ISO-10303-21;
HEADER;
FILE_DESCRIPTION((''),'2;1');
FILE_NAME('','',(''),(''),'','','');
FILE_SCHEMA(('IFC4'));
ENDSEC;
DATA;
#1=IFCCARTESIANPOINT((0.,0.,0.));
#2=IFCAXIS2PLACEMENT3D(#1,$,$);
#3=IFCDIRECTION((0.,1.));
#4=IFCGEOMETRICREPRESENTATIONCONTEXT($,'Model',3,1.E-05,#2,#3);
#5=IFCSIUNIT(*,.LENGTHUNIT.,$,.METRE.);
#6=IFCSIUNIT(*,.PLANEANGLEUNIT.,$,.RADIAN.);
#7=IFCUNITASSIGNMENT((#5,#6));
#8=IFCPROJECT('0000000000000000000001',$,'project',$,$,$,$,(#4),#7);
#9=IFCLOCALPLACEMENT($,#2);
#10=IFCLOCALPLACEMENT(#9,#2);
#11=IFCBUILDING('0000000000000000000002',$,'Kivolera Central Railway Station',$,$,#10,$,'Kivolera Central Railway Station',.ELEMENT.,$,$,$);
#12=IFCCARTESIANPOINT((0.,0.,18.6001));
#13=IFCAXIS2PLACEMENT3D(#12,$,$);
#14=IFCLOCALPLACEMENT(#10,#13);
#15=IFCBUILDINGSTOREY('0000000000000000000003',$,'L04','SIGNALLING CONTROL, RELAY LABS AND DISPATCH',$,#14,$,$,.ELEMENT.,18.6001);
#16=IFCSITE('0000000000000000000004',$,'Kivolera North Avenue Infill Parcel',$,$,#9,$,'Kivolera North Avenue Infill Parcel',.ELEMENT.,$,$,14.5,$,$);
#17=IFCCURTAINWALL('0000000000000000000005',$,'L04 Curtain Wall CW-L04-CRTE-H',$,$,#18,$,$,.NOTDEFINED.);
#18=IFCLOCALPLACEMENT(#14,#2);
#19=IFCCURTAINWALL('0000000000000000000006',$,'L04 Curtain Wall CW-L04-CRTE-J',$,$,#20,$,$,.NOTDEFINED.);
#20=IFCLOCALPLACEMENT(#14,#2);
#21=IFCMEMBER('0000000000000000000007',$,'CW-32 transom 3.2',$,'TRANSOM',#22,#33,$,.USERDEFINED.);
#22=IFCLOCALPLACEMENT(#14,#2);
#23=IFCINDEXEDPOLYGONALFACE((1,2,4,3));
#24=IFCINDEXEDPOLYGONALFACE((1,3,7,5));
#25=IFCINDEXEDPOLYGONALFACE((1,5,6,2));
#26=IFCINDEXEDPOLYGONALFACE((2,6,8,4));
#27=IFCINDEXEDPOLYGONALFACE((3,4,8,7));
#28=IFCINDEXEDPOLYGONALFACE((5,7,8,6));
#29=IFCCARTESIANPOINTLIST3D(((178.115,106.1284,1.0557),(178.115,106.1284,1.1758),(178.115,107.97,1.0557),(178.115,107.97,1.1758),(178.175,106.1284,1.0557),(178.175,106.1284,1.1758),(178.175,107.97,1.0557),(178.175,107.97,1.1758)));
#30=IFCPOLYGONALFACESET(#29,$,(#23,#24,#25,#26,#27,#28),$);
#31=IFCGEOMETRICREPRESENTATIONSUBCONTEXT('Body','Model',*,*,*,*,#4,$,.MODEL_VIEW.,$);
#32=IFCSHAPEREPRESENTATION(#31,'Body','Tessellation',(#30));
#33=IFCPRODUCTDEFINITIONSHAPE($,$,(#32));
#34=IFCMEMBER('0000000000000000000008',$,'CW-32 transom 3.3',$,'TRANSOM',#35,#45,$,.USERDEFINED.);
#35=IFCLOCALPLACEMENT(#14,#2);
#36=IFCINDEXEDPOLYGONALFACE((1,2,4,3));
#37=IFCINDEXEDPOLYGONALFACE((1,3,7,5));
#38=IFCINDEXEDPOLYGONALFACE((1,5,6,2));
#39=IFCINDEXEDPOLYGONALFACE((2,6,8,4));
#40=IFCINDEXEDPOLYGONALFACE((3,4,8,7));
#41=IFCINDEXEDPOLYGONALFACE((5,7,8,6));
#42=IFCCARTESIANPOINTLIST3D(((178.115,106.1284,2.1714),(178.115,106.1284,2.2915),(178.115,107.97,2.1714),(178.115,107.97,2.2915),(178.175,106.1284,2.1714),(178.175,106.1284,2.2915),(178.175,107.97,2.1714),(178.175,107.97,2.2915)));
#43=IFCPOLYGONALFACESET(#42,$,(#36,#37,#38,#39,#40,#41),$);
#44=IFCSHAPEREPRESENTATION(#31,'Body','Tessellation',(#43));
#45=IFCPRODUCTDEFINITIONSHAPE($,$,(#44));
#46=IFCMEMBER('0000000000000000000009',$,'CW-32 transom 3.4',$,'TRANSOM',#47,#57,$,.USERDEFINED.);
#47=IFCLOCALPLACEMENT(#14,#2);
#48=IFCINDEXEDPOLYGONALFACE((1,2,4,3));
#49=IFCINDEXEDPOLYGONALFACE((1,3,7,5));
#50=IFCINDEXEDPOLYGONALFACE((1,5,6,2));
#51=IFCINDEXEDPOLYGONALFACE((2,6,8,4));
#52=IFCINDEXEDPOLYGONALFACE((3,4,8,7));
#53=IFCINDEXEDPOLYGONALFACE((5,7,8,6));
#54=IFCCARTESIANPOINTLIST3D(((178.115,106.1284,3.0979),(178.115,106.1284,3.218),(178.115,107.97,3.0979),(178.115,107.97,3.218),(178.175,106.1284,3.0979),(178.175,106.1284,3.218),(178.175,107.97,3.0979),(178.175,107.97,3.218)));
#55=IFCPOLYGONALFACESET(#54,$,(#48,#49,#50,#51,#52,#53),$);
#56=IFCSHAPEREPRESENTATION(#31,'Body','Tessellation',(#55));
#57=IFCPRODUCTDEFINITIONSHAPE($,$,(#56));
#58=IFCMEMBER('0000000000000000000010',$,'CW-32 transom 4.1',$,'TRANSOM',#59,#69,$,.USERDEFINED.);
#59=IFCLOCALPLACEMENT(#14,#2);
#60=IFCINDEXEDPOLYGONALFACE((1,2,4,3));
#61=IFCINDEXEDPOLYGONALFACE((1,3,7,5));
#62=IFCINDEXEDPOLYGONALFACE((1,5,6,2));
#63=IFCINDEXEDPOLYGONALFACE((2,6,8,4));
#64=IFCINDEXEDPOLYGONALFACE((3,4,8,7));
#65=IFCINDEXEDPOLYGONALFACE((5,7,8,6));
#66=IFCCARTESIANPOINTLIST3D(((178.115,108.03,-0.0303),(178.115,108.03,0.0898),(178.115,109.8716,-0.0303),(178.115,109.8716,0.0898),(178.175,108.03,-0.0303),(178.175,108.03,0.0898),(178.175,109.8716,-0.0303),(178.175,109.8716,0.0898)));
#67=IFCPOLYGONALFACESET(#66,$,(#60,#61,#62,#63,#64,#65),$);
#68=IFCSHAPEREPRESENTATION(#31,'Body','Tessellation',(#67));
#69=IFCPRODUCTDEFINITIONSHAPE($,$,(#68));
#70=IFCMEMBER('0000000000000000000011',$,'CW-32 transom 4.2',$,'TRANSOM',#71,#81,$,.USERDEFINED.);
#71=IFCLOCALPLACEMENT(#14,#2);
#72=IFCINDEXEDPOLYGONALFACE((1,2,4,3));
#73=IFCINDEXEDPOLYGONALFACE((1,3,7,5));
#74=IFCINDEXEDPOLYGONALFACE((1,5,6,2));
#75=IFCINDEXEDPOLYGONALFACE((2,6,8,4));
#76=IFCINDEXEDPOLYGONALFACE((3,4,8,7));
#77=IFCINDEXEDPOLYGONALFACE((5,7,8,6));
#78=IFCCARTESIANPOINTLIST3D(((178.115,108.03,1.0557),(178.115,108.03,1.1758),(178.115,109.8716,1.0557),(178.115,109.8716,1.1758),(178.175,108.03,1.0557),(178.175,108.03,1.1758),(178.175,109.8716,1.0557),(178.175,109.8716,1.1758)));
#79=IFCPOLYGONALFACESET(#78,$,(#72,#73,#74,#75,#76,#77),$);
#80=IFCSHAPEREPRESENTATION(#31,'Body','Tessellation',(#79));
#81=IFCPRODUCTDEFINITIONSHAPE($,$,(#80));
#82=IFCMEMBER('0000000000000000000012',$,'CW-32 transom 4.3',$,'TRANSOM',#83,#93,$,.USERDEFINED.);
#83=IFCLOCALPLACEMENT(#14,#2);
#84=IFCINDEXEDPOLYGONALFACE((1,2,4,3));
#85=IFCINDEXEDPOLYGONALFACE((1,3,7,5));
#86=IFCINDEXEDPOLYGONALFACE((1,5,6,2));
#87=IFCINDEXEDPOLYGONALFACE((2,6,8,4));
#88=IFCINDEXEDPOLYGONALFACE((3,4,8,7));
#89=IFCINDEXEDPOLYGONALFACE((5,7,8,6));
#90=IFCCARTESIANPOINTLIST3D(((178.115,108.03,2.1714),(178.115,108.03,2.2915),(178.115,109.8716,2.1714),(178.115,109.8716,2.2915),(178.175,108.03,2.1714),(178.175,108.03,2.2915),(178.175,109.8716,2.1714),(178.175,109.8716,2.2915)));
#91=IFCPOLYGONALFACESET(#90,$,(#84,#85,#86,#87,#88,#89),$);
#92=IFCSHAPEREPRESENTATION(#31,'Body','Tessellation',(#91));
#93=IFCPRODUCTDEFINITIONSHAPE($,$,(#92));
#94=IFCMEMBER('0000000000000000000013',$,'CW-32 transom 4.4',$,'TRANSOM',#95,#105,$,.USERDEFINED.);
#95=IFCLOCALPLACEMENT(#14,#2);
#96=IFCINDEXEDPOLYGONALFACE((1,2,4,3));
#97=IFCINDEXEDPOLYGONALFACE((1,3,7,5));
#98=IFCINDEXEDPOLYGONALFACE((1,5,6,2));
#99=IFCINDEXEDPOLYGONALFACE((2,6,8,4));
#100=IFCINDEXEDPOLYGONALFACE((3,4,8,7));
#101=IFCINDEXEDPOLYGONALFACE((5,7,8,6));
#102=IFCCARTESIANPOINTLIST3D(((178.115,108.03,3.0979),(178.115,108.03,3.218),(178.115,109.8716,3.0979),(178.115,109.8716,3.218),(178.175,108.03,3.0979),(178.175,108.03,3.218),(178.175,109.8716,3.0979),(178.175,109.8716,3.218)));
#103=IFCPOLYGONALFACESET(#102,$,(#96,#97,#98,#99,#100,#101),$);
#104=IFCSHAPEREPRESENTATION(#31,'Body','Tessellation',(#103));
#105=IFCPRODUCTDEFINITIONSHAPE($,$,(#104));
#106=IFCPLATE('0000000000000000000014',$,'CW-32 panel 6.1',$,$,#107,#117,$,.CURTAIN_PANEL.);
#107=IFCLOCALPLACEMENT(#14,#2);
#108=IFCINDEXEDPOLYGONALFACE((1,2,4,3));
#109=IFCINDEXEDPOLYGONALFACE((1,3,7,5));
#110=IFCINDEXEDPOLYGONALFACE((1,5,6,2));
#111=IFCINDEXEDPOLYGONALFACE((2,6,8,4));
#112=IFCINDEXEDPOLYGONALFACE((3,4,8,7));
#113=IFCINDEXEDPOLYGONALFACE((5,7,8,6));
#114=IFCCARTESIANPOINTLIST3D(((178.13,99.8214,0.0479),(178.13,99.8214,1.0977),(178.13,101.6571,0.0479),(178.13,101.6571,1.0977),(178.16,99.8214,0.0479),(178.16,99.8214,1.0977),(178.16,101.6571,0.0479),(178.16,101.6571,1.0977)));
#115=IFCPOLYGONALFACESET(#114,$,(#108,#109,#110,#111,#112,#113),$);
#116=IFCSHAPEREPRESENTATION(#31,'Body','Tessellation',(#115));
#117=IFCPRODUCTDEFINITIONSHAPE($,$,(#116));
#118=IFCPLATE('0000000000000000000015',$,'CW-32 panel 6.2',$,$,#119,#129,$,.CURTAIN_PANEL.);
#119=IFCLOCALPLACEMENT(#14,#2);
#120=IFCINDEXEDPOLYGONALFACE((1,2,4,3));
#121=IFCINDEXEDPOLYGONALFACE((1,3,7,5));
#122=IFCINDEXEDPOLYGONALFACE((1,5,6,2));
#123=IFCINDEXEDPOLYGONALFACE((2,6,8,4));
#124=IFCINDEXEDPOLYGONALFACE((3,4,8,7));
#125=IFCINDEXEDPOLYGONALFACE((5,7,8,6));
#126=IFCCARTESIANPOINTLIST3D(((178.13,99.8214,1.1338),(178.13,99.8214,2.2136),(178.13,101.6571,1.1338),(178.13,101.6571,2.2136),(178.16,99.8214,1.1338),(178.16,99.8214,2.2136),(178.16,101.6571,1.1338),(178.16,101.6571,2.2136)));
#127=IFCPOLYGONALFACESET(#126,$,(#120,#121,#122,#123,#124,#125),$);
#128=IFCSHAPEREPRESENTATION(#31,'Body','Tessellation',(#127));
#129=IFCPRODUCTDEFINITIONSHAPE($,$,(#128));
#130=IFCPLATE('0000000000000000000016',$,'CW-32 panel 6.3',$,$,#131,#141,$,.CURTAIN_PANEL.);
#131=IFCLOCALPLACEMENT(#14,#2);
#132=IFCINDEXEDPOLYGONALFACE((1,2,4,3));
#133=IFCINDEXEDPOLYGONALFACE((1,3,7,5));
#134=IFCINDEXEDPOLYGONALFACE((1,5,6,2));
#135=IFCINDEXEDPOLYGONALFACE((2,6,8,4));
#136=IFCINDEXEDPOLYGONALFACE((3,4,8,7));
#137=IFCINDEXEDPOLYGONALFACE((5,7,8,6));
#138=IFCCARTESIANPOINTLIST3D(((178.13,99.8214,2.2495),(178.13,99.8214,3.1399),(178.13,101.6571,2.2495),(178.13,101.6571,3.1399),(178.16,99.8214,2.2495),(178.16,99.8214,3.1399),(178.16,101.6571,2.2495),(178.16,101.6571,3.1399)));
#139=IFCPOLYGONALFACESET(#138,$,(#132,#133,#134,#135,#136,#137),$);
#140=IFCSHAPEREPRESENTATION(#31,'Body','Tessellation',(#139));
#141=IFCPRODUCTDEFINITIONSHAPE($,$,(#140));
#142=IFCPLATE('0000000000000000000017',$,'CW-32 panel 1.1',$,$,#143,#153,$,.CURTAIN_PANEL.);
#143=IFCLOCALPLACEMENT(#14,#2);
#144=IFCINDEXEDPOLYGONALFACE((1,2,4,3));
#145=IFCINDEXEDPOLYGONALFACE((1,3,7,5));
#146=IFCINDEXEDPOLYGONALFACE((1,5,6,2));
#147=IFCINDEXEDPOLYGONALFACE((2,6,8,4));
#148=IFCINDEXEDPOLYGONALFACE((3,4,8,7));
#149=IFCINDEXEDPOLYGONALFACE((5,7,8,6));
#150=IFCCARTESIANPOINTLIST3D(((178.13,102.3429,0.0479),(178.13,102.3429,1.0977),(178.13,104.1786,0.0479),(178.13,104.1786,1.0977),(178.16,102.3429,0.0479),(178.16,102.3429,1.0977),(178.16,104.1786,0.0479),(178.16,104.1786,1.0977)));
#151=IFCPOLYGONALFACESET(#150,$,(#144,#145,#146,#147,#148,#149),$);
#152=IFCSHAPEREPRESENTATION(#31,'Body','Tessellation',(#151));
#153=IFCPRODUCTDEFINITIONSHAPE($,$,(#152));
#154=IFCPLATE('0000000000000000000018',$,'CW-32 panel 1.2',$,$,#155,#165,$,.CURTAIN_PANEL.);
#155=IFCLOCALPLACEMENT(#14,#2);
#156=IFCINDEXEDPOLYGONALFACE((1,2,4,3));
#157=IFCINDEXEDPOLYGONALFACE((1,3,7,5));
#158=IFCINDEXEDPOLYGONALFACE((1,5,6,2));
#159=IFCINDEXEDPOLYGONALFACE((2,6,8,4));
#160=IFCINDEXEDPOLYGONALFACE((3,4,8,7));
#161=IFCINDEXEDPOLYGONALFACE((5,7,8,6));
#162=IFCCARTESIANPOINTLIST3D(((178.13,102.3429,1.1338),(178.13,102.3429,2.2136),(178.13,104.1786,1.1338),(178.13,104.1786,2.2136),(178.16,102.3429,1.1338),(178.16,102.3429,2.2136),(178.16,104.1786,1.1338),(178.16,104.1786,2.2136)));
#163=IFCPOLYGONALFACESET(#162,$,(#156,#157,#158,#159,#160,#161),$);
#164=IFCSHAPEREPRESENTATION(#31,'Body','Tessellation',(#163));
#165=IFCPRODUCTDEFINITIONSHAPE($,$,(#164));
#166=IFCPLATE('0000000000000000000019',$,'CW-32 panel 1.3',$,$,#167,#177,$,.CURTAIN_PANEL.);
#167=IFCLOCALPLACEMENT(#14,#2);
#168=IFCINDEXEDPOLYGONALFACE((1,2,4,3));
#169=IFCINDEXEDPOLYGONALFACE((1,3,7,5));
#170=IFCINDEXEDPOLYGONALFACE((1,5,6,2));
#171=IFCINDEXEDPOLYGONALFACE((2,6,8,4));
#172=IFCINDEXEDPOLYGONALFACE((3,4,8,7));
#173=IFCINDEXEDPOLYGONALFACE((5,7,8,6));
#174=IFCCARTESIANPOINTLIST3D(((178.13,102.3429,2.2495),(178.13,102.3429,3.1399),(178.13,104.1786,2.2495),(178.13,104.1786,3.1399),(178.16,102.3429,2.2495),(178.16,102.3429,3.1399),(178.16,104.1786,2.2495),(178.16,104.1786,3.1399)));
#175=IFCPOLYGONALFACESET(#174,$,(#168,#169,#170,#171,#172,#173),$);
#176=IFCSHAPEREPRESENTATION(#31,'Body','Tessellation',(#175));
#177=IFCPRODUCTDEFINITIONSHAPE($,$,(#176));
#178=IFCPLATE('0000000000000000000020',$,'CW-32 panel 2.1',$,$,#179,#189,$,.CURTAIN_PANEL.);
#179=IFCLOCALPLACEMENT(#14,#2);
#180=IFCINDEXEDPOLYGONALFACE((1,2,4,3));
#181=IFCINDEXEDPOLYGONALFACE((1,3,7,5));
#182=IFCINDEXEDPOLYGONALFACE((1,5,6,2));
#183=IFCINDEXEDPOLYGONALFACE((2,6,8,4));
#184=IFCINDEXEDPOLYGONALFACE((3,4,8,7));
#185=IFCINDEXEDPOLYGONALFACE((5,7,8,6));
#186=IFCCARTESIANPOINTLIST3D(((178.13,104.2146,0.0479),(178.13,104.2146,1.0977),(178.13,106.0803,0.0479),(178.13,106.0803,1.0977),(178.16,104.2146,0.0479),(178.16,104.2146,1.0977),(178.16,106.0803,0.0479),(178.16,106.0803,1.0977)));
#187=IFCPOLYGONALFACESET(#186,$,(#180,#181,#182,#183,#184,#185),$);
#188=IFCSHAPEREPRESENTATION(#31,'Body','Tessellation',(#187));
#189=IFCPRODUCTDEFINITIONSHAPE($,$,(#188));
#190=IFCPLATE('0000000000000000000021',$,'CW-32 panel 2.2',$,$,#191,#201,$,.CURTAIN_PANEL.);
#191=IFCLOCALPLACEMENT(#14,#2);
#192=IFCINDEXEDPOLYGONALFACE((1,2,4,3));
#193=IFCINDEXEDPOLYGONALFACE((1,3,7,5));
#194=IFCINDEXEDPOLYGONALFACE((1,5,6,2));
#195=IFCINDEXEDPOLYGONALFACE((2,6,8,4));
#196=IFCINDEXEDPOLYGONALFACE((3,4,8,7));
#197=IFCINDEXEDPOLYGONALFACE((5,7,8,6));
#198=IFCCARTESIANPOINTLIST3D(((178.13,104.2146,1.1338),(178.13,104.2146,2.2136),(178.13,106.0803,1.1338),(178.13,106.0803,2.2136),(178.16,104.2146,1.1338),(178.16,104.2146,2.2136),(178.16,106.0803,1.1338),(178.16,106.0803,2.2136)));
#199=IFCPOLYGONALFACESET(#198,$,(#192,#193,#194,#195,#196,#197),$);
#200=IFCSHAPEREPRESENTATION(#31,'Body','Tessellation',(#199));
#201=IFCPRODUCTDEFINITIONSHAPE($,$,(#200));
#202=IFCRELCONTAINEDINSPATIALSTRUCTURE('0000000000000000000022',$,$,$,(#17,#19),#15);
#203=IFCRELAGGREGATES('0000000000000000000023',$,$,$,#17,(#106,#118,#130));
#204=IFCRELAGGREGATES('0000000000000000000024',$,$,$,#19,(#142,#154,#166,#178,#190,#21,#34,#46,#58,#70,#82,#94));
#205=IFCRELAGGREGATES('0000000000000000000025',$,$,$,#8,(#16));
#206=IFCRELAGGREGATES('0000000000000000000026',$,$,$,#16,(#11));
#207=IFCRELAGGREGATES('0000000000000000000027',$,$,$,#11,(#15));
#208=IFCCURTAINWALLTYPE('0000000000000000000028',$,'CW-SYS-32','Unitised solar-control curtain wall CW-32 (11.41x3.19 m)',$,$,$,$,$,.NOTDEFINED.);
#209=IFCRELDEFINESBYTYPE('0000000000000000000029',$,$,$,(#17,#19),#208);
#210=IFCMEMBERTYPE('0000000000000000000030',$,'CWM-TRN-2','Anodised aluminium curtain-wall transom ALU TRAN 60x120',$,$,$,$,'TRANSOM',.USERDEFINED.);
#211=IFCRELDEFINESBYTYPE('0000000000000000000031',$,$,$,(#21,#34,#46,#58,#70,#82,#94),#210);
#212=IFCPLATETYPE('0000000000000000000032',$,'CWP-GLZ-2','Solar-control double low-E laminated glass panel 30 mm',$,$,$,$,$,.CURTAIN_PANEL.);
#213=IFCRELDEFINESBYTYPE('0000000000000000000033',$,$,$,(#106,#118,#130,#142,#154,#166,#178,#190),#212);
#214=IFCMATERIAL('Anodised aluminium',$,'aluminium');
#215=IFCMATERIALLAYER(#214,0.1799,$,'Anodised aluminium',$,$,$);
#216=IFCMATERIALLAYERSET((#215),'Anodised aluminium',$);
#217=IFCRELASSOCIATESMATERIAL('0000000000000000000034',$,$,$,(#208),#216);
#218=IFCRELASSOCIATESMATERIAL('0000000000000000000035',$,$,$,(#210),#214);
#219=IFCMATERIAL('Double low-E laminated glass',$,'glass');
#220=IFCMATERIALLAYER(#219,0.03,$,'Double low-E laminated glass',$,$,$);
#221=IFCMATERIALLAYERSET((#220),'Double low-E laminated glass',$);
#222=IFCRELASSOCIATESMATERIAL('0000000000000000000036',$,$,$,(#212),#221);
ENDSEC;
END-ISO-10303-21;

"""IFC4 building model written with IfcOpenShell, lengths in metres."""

from ifc_helpers import new_model, si_unit, direction, frame, origin, origin_2d, place, context, subcontext, project, spatial, rectangle, extrude, material, layer, layer_set, material_profile, profile_set, type_object, element, aggregate, save


model = new_model("IFC4")

# Units and contexts
model_context = context("Model", 3, precision=1e-05, world=origin(), true_north=direction((0.0, 1.0)))
body_context = subcontext(model_context, "Body", "Model", "MODEL_VIEW")
ifc_project = project(units=[si_unit("LENGTHUNIT", "METRE"), si_unit("PLANEANGLEUNIT", "RADIAN")], contexts=[model_context])

# Site, building, storey
site_placement = place(None, origin())
site = spatial("IfcSite", under=ifc_project, at=site_placement, Name="Kivolera North Avenue Infill Parcel", LongName="Kivolera North Avenue Infill Parcel", CompositionType="ELEMENT", RefElevation=14.5)
building_placement = place(site_placement, origin())
building = spatial("IfcBuilding", under=site, at=building_placement, Name="Kivolera Central Railway Station", LongName="Kivolera Central Railway Station", CompositionType="ELEMENT")
storey_placement = place(building_placement, frame((0.0, 0.0, 18.6001)))
storey = spatial("IfcBuildingStorey", under=building, at=storey_placement, Name="L04", Description="SIGNALLING CONTROL, RELAY LABS AND DISPATCH", CompositionType="ELEMENT", Elevation=18.6001)

# Curtain wall
ifc_material_1 = material(Name="Anodised aluminium", Category="aluminium")
ifc_layer_1 = layer(ifc_material_1, 0.1799, Name="Anodised aluminium")
ifc_layer_set_1 = layer_set([ifc_layer_1], Name="Anodised aluminium")
curtain_wall_type = type_object("IfcCurtainWallType", Name="CW-SYS-32", Description="Unitised solar-control curtain wall CW-32 (11.41x3.19 m)", PredefinedType="NOTDEFINED", material=ifc_layer_set_1)
curtain_wall_1_placement = place(storey_placement, origin())
curtain_wall_1 = element("IfcCurtainWall", 1, at=curtain_wall_1_placement, inside=storey, type_object=curtain_wall_type, Name="L04 Curtain Wall CW-L04-CRTE-H", PredefinedType="NOTDEFINED")

# Curtain wall
curtain_wall_2_placement = place(storey_placement, origin())
curtain_wall_2 = element("IfcCurtainWall", 2, at=curtain_wall_2_placement, inside=storey, type_object=curtain_wall_type, Name="L04 Curtain Wall CW-L04-CRTE-J", PredefinedType="NOTDEFINED")

# Members
ifc_material_profile_1 = material_profile(ifc_material_1, rectangle(XDim=0.0601, YDim=0.1201, at=origin_2d()), Name="ALU TRAN 60x120")
ifc_profile_set_1 = profile_set([ifc_material_profile_1], Name="Anodised aluminium")
member_type_1 = type_object("IfcMemberType", Name="CWM-TRN-2", Description="Anodised aluminium curtain-wall transom ALU TRAN 60x120", ElementType="TRANSOM", PredefinedType="USERDEFINED", material=ifc_profile_set_1)
member_1_placement = place(storey_placement, frame((178.145, 106.1284, 1.1157), z_axis=(0.0, 1.0, 0.0), x_axis=(-1.0, 0.0, 0.0)))
member_1 = element("IfcMember", 3, at=member_1_placement, type_object=member_type_1, Name="CW-32 transom 3.2", ObjectType="TRANSOM", PredefinedType="USERDEFINED", context=body_context, shape_type="SweptSolid", body=[
    extrude(rectangle(XDim=0.0601, YDim=0.1201, at=origin_2d()), origin(), (0.0, 0.0, 1.0), 1.8416),
])
member_2_placement = place(storey_placement, frame((178.145, 106.1284, 2.2314), z_axis=(0.0, 1.0, 0.0), x_axis=(-1.0, 0.0, 0.0)))
member_2 = element("IfcMember", 4, at=member_2_placement, type_object=member_type_1, Name="CW-32 transom 3.3", ObjectType="TRANSOM", PredefinedType="USERDEFINED", context=body_context, shape_type="SweptSolid", body=[
    extrude(rectangle(XDim=0.0601, YDim=0.1201, at=origin_2d()), origin(), (0.0, 0.0, 1.0), 1.8416),
])
member_3_placement = place(storey_placement, frame((178.145, 106.1284, 3.158), z_axis=(0.0, 1.0, 0.0), x_axis=(-1.0, 0.0, 0.0)))
member_3 = element("IfcMember", 5, at=member_3_placement, type_object=member_type_1, Name="CW-32 transom 3.4", ObjectType="TRANSOM", PredefinedType="USERDEFINED", context=body_context, shape_type="SweptSolid", body=[
    extrude(rectangle(XDim=0.0601, YDim=0.1201, at=origin_2d()), origin(), (0.0, 0.0, 1.0), 1.8416),
])
member_4_placement = place(storey_placement, frame((178.145, 108.03, 0.0298), z_axis=(0.0, 1.0, 0.0), x_axis=(-1.0, 0.0, 0.0)))
member_4 = element("IfcMember", 6, at=member_4_placement, type_object=member_type_1, Name="CW-32 transom 4.1", ObjectType="TRANSOM", PredefinedType="USERDEFINED", context=body_context, shape_type="SweptSolid", body=[
    extrude(rectangle(XDim=0.0601, YDim=0.1201, at=origin_2d()), origin(), (0.0, 0.0, 1.0), 1.8416),
])
member_5_placement = place(storey_placement, frame((178.145, 108.03, 1.1157), z_axis=(0.0, 1.0, 0.0), x_axis=(-1.0, 0.0, 0.0)))
member_5 = element("IfcMember", 7, at=member_5_placement, type_object=member_type_1, Name="CW-32 transom 4.2", ObjectType="TRANSOM", PredefinedType="USERDEFINED", context=body_context, shape_type="SweptSolid", body=[
    extrude(rectangle(XDim=0.0601, YDim=0.1201, at=origin_2d()), origin(), (0.0, 0.0, 1.0), 1.8416),
])
member_6_placement = place(storey_placement, frame((178.145, 108.03, 2.2314), z_axis=(0.0, 1.0, 0.0), x_axis=(-1.0, 0.0, 0.0)))
member_6 = element("IfcMember", 8, at=member_6_placement, type_object=member_type_1, Name="CW-32 transom 4.3", ObjectType="TRANSOM", PredefinedType="USERDEFINED", context=body_context, shape_type="SweptSolid", body=[
    extrude(rectangle(XDim=0.0601, YDim=0.1201, at=origin_2d()), origin(), (0.0, 0.0, 1.0), 1.8416),
])
member_7_placement = place(storey_placement, frame((178.145, 108.03, 3.158), z_axis=(0.0, 1.0, 0.0), x_axis=(-1.0, 0.0, 0.0)))
member_7 = element("IfcMember", 9, at=member_7_placement, type_object=member_type_1, Name="CW-32 transom 4.4", ObjectType="TRANSOM", PredefinedType="USERDEFINED", context=body_context, shape_type="SweptSolid", body=[
    extrude(rectangle(XDim=0.0601, YDim=0.1201, at=origin_2d()), origin(), (0.0, 0.0, 1.0), 1.8416),
])

# Plates
ifc_material_2 = material(Name="Double low-E laminated glass", Category="glass")
ifc_layer_2 = layer(ifc_material_2, 0.03, Name="Double low-E laminated glass")
ifc_layer_set_2 = layer_set([ifc_layer_2], Name="Double low-E laminated glass")
plate_type = type_object("IfcPlateType", Name="CWP-GLZ-2", Description="Solar-control double low-E laminated glass panel 30 mm", PredefinedType="CURTAIN_PANEL", material=ifc_layer_set_2)
plate_1_placement = place(storey_placement, frame((178.145, 100.7393, 0.0479), z_axis=(0.0, 0.0, 1.0), x_axis=(0.0, 1.0, 0.0)))
plate_1 = element("IfcPlate", 10, at=plate_1_placement, type_object=plate_type, Name="CW-32 panel 6.1", PredefinedType="CURTAIN_PANEL", context=body_context, shape_type="SweptSolid", body=[
    extrude(rectangle(XDim=1.8357, YDim=0.03, at=origin_2d()), origin(), (0.0, 0.0, 1.0), 1.0498),
])
plate_2_placement = place(storey_placement, frame((178.145, 100.7393, 1.1338), z_axis=(0.0, 0.0, 1.0), x_axis=(0.0, 1.0, 0.0)))
plate_2 = element("IfcPlate", 11, at=plate_2_placement, type_object=plate_type, Name="CW-32 panel 6.2", PredefinedType="CURTAIN_PANEL", context=body_context, shape_type="SweptSolid", body=[
    extrude(rectangle(XDim=1.8357, YDim=0.03, at=origin_2d()), origin(), (0.0, 0.0, 1.0), 1.0798),
])
plate_3_placement = place(storey_placement, frame((178.145, 100.7393, 2.2495), z_axis=(0.0, 0.0, 1.0), x_axis=(0.0, 1.0, 0.0)))
plate_3 = element("IfcPlate", 12, at=plate_3_placement, type_object=plate_type, Name="CW-32 panel 6.3", PredefinedType="CURTAIN_PANEL", context=body_context, shape_type="SweptSolid", body=[
    extrude(rectangle(XDim=1.8357, YDim=0.03, at=origin_2d()), origin(), (0.0, 0.0, 1.0), 0.8904),
])
aggregate(curtain_wall_1, [plate_1, plate_2, plate_3])
plate_4_placement = place(storey_placement, frame((178.145, 103.2607, 0.0479), z_axis=(0.0, 0.0, 1.0), x_axis=(0.0, 1.0, 0.0)))
plate_4 = element("IfcPlate", 13, at=plate_4_placement, type_object=plate_type, Name="CW-32 panel 1.1", PredefinedType="CURTAIN_PANEL", context=body_context, shape_type="SweptSolid", body=[
    extrude(rectangle(XDim=1.8357, YDim=0.03, at=origin_2d()), origin(), (0.0, 0.0, 1.0), 1.0498),
])
plate_5_placement = place(storey_placement, frame((178.145, 103.2607, 1.1338), z_axis=(0.0, 0.0, 1.0), x_axis=(0.0, 1.0, 0.0)))
plate_5 = element("IfcPlate", 14, at=plate_5_placement, type_object=plate_type, Name="CW-32 panel 1.2", PredefinedType="CURTAIN_PANEL", context=body_context, shape_type="SweptSolid", body=[
    extrude(rectangle(XDim=1.8357, YDim=0.03, at=origin_2d()), origin(), (0.0, 0.0, 1.0), 1.0798),
])
plate_6_placement = place(storey_placement, frame((178.145, 103.2607, 2.2495), z_axis=(0.0, 0.0, 1.0), x_axis=(0.0, 1.0, 0.0)))
plate_6 = element("IfcPlate", 15, at=plate_6_placement, type_object=plate_type, Name="CW-32 panel 1.3", PredefinedType="CURTAIN_PANEL", context=body_context, shape_type="SweptSolid", body=[
    extrude(rectangle(XDim=1.8357, YDim=0.03, at=origin_2d()), origin(), (0.0, 0.0, 1.0), 0.8904),
])
plate_7_placement = place(storey_placement, frame((178.145, 105.1475, 0.0479), z_axis=(0.0, 0.0, 1.0), x_axis=(0.0, 1.0, 0.0)))
plate_7 = element("IfcPlate", 16, at=plate_7_placement, type_object=plate_type, Name="CW-32 panel 2.1", PredefinedType="CURTAIN_PANEL", context=body_context, shape_type="SweptSolid", body=[
    extrude(rectangle(XDim=1.8657, YDim=0.03, at=origin_2d()), origin(), (0.0, 0.0, 1.0), 1.0498),
])
plate_8_placement = place(storey_placement, frame((178.145, 105.1475, 1.1338), z_axis=(0.0, 0.0, 1.0), x_axis=(0.0, 1.0, 0.0)))
plate_8 = element("IfcPlate", 17, at=plate_8_placement, type_object=plate_type, Name="CW-32 panel 2.2", PredefinedType="CURTAIN_PANEL", context=body_context, shape_type="SweptSolid", body=[
    extrude(rectangle(XDim=1.8657, YDim=0.03, at=origin_2d()), origin(), (0.0, 0.0, 1.0), 1.0798),
])
aggregate(curtain_wall_2, [plate_4, plate_5, plate_6, plate_7, plate_8, member_1, member_2, member_3, member_4, member_5, member_6, member_7])

save(model, "model.ifc")
